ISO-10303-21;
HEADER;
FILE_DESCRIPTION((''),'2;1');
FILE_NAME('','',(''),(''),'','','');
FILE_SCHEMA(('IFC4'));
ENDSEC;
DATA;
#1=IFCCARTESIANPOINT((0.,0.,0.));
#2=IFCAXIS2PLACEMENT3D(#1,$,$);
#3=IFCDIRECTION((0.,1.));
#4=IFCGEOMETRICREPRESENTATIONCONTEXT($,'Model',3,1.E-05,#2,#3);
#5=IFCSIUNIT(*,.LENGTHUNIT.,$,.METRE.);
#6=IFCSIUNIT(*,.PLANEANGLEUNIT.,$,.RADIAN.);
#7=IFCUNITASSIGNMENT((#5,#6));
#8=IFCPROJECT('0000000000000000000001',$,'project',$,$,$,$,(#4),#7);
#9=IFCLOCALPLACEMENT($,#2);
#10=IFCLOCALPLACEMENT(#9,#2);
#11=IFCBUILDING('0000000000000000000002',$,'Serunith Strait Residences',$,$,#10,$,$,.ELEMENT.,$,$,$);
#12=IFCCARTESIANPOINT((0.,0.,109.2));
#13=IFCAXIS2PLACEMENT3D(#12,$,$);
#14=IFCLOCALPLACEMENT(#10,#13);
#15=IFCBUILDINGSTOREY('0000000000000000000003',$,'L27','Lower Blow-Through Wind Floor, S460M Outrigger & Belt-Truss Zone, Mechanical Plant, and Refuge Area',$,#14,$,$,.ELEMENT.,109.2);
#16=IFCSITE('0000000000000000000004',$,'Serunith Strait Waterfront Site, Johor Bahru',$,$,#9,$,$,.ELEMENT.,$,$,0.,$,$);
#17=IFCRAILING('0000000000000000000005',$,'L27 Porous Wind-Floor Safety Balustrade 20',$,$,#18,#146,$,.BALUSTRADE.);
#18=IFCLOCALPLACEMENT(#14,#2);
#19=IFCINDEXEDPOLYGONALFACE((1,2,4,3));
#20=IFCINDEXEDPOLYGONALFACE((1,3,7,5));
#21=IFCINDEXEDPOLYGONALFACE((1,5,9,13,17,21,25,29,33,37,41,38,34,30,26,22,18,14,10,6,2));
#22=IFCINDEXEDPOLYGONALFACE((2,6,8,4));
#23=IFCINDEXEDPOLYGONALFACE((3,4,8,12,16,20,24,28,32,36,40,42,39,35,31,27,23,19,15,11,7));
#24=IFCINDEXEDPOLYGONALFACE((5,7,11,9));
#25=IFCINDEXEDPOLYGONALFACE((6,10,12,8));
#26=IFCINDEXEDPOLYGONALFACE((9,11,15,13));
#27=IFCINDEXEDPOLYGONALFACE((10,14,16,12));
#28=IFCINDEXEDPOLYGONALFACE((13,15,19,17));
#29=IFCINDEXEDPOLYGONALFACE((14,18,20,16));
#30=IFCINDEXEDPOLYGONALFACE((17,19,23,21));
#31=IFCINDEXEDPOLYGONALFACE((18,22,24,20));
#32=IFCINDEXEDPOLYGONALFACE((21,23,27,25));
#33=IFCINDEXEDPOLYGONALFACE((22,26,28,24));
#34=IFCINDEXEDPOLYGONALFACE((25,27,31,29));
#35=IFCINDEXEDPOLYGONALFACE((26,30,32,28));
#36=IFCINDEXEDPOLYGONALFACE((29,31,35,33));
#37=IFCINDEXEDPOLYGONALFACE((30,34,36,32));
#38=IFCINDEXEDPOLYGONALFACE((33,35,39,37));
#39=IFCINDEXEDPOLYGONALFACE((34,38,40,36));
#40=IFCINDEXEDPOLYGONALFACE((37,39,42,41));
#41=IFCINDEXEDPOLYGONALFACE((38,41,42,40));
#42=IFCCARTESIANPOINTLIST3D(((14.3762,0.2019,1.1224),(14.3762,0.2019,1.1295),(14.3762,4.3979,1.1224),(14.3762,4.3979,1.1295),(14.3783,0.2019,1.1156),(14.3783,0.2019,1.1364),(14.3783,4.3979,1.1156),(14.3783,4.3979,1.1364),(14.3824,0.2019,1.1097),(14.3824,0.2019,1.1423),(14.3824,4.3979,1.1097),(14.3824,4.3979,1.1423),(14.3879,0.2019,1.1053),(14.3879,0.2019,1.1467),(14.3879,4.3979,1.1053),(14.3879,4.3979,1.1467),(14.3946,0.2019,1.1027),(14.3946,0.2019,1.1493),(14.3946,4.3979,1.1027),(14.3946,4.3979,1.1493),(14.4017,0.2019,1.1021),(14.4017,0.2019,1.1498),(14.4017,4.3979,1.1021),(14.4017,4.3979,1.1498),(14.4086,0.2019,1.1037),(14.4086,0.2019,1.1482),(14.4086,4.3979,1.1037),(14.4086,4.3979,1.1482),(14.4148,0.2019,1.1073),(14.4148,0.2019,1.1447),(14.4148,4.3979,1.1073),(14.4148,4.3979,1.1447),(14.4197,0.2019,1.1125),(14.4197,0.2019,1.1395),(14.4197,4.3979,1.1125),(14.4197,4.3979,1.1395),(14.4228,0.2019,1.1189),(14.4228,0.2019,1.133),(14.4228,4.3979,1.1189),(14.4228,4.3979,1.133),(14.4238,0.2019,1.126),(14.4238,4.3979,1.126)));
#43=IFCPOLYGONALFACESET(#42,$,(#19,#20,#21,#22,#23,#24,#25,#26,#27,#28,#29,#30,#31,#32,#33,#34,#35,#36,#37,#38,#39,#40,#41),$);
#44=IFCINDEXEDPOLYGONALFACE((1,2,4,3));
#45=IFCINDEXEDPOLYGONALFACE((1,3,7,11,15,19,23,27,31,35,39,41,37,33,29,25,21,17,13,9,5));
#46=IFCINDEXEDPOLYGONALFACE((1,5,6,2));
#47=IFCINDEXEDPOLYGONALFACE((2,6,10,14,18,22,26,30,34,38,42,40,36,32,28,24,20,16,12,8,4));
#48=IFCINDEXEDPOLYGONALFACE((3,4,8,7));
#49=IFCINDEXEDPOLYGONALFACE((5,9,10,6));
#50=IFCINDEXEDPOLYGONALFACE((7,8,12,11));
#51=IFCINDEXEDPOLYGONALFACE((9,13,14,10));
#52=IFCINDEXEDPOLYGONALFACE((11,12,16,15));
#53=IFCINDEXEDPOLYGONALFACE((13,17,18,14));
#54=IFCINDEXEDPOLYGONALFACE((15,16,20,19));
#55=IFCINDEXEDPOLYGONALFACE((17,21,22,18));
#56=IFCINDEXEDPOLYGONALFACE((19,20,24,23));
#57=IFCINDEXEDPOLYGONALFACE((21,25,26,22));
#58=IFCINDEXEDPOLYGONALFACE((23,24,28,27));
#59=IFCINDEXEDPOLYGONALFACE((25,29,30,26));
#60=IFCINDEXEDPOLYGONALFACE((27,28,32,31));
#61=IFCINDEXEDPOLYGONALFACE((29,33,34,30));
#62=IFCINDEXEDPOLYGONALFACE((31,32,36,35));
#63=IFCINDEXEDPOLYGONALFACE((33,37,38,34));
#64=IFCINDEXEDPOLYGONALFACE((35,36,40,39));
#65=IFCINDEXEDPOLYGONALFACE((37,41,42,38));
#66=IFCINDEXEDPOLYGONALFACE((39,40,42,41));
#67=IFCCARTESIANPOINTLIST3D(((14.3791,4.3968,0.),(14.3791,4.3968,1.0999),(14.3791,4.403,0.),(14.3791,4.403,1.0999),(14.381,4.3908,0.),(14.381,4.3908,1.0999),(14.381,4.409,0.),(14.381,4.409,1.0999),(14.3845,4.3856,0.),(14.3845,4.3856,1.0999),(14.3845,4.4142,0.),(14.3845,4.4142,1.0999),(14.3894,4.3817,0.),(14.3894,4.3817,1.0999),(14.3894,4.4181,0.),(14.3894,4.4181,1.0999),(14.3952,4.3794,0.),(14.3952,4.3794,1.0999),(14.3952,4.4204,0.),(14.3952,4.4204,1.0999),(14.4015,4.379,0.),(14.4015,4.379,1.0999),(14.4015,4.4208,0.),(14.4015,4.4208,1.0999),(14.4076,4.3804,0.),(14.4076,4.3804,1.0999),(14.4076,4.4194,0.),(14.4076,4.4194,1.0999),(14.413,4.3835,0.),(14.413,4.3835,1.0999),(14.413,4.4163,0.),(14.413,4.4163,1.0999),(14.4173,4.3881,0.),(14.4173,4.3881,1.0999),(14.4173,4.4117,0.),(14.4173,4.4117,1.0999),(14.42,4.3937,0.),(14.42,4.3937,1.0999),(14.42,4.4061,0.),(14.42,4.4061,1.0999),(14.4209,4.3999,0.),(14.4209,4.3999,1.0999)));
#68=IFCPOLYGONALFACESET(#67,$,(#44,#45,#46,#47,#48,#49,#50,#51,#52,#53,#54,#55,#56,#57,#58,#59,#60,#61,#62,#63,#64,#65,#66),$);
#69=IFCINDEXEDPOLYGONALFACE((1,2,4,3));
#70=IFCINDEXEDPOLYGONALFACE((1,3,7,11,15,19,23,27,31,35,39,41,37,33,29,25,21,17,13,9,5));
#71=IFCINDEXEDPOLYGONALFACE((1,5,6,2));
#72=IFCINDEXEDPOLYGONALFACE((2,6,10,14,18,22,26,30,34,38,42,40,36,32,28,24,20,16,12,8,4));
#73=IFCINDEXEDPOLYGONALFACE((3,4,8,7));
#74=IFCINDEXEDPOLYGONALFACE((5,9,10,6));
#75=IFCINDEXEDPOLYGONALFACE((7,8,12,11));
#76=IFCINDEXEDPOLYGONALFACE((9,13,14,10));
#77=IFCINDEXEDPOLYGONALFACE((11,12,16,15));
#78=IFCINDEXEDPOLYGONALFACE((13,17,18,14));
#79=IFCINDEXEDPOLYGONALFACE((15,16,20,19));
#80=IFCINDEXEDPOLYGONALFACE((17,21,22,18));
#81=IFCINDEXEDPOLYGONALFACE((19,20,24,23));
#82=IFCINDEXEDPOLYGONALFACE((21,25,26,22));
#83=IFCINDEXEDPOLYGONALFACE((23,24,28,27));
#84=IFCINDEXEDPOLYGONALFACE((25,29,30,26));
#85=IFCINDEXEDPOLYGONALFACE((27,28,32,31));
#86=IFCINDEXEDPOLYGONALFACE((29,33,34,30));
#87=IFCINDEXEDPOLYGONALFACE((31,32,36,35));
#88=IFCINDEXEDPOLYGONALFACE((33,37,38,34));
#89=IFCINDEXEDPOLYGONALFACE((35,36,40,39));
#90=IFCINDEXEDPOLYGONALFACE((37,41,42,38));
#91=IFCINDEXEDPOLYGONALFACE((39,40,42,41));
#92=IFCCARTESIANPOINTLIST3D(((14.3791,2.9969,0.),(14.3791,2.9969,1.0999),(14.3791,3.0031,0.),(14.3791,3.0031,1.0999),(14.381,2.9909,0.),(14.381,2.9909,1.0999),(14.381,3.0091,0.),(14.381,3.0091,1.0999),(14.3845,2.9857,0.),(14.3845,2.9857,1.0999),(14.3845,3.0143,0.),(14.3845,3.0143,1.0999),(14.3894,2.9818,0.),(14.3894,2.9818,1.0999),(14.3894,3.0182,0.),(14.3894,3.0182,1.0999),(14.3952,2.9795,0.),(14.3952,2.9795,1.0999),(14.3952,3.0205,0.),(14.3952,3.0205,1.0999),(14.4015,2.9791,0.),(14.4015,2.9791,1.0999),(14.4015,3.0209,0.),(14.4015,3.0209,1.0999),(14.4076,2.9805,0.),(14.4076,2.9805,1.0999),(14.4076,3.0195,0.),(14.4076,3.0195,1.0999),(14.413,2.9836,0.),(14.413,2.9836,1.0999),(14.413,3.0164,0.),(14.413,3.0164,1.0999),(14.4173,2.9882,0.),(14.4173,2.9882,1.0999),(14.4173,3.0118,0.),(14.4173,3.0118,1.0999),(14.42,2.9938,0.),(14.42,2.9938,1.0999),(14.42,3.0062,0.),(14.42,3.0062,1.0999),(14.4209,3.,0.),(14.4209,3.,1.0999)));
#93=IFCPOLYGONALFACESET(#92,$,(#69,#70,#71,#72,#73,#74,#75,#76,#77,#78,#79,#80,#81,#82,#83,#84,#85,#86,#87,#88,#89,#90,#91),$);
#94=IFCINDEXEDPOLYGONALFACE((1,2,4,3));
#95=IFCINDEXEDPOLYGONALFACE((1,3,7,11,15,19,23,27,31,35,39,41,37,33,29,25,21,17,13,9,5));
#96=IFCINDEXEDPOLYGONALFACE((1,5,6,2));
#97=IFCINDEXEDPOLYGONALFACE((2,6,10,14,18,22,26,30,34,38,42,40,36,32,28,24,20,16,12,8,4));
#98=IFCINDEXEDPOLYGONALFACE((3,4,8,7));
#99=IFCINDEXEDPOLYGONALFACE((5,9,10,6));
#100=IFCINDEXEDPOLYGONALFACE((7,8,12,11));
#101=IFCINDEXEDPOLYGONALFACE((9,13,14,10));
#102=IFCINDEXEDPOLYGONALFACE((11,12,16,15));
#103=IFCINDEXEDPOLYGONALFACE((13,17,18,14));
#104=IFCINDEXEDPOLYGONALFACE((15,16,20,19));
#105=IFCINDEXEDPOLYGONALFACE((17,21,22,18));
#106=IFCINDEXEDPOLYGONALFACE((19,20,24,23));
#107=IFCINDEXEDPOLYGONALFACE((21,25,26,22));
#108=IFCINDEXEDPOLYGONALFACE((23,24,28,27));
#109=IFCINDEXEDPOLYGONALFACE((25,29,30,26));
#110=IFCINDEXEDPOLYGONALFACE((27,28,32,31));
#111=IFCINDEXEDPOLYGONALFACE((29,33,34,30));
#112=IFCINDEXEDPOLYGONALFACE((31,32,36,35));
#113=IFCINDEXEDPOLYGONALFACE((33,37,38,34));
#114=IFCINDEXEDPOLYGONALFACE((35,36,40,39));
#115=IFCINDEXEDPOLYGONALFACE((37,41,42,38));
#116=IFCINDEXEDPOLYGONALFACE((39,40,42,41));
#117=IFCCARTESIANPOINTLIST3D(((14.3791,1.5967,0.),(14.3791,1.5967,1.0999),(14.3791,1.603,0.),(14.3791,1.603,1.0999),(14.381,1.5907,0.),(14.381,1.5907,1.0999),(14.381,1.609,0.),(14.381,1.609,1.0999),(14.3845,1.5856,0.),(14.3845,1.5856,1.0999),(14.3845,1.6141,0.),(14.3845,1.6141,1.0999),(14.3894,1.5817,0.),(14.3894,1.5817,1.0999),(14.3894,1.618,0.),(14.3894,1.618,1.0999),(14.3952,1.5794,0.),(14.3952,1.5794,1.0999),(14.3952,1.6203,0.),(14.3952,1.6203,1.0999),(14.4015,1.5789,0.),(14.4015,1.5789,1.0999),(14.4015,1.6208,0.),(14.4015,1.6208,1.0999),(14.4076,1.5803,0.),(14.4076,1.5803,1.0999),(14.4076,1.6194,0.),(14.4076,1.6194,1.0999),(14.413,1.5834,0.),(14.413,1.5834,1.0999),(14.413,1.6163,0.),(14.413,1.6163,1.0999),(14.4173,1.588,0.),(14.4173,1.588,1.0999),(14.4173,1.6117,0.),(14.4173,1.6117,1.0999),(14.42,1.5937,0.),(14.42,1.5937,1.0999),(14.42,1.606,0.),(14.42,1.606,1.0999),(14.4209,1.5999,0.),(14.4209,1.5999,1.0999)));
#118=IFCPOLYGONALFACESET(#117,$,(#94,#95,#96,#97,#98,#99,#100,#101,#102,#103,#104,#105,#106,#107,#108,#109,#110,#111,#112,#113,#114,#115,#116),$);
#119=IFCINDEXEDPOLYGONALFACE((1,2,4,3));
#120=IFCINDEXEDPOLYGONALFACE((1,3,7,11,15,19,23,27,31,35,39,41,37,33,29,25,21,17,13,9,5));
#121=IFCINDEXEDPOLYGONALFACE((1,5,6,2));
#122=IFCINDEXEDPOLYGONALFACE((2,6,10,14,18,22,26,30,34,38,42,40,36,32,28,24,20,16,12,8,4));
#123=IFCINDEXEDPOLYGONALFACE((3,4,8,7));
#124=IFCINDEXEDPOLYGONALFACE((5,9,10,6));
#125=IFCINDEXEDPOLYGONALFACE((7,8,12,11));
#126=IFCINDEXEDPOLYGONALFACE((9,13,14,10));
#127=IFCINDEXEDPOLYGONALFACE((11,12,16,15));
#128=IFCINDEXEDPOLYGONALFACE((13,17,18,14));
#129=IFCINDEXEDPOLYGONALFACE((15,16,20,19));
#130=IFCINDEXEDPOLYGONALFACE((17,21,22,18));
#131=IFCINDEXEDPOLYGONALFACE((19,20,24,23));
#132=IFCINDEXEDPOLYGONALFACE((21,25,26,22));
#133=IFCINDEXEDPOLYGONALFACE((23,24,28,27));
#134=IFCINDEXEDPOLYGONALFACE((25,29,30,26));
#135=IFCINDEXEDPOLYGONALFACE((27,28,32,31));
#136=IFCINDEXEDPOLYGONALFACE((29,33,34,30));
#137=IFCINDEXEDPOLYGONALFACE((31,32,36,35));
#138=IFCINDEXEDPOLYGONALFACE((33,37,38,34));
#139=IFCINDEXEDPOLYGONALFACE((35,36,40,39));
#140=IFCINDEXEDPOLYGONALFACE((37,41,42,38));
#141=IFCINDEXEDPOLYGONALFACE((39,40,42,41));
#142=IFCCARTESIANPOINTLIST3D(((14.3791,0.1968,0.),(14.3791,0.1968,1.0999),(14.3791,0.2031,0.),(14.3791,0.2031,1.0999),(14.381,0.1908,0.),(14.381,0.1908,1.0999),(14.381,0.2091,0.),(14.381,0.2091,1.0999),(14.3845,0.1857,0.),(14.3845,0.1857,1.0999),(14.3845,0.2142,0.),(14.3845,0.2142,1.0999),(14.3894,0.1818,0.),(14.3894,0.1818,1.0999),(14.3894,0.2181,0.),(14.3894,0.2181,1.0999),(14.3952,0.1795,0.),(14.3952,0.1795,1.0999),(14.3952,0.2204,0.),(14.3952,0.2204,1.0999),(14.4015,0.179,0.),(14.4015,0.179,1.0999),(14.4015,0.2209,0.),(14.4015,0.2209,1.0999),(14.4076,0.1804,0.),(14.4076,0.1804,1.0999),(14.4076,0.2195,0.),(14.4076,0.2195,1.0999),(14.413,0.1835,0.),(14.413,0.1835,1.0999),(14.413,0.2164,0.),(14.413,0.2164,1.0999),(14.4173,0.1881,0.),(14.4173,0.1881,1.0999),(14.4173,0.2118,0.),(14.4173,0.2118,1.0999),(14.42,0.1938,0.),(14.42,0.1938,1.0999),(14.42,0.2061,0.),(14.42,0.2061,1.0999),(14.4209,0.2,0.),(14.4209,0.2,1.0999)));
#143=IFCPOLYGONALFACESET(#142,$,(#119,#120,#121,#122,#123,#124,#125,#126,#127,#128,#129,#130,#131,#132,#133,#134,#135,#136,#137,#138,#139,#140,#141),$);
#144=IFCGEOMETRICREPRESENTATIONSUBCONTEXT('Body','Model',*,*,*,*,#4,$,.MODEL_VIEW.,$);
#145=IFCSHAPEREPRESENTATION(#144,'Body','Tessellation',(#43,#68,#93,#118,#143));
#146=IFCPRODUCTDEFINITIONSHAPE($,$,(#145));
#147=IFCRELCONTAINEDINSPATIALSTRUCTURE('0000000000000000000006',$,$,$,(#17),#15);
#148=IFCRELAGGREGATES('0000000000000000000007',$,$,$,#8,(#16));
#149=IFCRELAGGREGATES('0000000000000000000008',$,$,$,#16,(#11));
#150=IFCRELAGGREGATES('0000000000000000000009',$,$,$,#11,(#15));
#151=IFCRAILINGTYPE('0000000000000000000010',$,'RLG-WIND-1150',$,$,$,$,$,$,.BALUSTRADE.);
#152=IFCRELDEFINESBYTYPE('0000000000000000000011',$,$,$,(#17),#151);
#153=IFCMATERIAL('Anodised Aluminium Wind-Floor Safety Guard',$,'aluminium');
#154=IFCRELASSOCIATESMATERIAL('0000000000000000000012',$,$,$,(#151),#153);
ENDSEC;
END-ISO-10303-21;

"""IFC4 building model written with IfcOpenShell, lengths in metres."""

from ifc_helpers import new_model, si_unit, direction, frame, origin, origin_2d, place, context, subcontext, project, spatial, circle, extrude, material, type_object, element, save


model = new_model("IFC4")

# Units and contexts
model_context = context("Model", 3, precision=1e-05, world=origin(), true_north=direction((0.0, 1.0)))
body_context = subcontext(model_context, "Body", "Model", "MODEL_VIEW")
ifc_project = project(units=[si_unit("LENGTHUNIT", "METRE"), si_unit("PLANEANGLEUNIT", "RADIAN")], contexts=[model_context])

# Site, building, storey
site_placement = place(None, origin())
site = spatial("IfcSite", under=ifc_project, at=site_placement, Name="Serunith Strait Waterfront Site, Johor Bahru", CompositionType="ELEMENT", RefElevation=0.0)
building_placement = place(site_placement, origin())
building = spatial("IfcBuilding", under=site, at=building_placement, Name="Serunith Strait Residences", CompositionType="ELEMENT")
storey_placement = place(building_placement, frame((0.0, 0.0, 109.2)))
storey = spatial("IfcBuildingStorey", under=building, at=storey_placement, Name="L27", Description="Lower Blow-Through Wind Floor, S460M Outrigger & Belt-Truss Zone, Mechanical Plant, and Refuge Area", CompositionType="ELEMENT", Elevation=109.2)

# Railing
ifc_material_1 = material(Name="Anodised Aluminium Wind-Floor Safety Guard", Category="aluminium")
railing_type = type_object("IfcRailingType", Name="RLG-WIND-1150", PredefinedType="BALUSTRADE", material=ifc_material_1)
railing_1_placement = place(storey_placement, frame((14.3999, 4.3999, 0.0)))
element("IfcRailing", 1, at=railing_1_placement, inside=storey, type_object=railing_type, Name="L27 Porous Wind-Floor Safety Balustrade 20", PredefinedType="BALUSTRADE", context=body_context, shape_type="SweptSolid", body=[
    extrude(circle(Radius=0.0239, at=origin_2d()), frame((0.0, -0.002, 1.126), z_axis=(0.0, -1.0, 0.0), x_axis=(1.0, 0.0, 0.0)), (0.0, 0.0, 1.0), 4.196),
    extrude(circle(Radius=0.021, at=origin_2d()), origin(), (0.0, 0.0, 1.0), 1.0999),
    extrude(circle(Radius=0.021, at=origin_2d()), frame((0.0, -1.3999, 0.0)), (0.0, 0.0, 1.0), 1.0999),
    extrude(circle(Radius=0.021, at=origin_2d()), frame((0.0, -2.8, 0.0)), (0.0, 0.0, 1.0), 1.0999),
    extrude(circle(Radius=0.021, at=origin_2d()), frame((0.0, -4.2, 0.0)), (0.0, 0.0, 1.0), 1.0999),
])

save(model, "model.ifc")
